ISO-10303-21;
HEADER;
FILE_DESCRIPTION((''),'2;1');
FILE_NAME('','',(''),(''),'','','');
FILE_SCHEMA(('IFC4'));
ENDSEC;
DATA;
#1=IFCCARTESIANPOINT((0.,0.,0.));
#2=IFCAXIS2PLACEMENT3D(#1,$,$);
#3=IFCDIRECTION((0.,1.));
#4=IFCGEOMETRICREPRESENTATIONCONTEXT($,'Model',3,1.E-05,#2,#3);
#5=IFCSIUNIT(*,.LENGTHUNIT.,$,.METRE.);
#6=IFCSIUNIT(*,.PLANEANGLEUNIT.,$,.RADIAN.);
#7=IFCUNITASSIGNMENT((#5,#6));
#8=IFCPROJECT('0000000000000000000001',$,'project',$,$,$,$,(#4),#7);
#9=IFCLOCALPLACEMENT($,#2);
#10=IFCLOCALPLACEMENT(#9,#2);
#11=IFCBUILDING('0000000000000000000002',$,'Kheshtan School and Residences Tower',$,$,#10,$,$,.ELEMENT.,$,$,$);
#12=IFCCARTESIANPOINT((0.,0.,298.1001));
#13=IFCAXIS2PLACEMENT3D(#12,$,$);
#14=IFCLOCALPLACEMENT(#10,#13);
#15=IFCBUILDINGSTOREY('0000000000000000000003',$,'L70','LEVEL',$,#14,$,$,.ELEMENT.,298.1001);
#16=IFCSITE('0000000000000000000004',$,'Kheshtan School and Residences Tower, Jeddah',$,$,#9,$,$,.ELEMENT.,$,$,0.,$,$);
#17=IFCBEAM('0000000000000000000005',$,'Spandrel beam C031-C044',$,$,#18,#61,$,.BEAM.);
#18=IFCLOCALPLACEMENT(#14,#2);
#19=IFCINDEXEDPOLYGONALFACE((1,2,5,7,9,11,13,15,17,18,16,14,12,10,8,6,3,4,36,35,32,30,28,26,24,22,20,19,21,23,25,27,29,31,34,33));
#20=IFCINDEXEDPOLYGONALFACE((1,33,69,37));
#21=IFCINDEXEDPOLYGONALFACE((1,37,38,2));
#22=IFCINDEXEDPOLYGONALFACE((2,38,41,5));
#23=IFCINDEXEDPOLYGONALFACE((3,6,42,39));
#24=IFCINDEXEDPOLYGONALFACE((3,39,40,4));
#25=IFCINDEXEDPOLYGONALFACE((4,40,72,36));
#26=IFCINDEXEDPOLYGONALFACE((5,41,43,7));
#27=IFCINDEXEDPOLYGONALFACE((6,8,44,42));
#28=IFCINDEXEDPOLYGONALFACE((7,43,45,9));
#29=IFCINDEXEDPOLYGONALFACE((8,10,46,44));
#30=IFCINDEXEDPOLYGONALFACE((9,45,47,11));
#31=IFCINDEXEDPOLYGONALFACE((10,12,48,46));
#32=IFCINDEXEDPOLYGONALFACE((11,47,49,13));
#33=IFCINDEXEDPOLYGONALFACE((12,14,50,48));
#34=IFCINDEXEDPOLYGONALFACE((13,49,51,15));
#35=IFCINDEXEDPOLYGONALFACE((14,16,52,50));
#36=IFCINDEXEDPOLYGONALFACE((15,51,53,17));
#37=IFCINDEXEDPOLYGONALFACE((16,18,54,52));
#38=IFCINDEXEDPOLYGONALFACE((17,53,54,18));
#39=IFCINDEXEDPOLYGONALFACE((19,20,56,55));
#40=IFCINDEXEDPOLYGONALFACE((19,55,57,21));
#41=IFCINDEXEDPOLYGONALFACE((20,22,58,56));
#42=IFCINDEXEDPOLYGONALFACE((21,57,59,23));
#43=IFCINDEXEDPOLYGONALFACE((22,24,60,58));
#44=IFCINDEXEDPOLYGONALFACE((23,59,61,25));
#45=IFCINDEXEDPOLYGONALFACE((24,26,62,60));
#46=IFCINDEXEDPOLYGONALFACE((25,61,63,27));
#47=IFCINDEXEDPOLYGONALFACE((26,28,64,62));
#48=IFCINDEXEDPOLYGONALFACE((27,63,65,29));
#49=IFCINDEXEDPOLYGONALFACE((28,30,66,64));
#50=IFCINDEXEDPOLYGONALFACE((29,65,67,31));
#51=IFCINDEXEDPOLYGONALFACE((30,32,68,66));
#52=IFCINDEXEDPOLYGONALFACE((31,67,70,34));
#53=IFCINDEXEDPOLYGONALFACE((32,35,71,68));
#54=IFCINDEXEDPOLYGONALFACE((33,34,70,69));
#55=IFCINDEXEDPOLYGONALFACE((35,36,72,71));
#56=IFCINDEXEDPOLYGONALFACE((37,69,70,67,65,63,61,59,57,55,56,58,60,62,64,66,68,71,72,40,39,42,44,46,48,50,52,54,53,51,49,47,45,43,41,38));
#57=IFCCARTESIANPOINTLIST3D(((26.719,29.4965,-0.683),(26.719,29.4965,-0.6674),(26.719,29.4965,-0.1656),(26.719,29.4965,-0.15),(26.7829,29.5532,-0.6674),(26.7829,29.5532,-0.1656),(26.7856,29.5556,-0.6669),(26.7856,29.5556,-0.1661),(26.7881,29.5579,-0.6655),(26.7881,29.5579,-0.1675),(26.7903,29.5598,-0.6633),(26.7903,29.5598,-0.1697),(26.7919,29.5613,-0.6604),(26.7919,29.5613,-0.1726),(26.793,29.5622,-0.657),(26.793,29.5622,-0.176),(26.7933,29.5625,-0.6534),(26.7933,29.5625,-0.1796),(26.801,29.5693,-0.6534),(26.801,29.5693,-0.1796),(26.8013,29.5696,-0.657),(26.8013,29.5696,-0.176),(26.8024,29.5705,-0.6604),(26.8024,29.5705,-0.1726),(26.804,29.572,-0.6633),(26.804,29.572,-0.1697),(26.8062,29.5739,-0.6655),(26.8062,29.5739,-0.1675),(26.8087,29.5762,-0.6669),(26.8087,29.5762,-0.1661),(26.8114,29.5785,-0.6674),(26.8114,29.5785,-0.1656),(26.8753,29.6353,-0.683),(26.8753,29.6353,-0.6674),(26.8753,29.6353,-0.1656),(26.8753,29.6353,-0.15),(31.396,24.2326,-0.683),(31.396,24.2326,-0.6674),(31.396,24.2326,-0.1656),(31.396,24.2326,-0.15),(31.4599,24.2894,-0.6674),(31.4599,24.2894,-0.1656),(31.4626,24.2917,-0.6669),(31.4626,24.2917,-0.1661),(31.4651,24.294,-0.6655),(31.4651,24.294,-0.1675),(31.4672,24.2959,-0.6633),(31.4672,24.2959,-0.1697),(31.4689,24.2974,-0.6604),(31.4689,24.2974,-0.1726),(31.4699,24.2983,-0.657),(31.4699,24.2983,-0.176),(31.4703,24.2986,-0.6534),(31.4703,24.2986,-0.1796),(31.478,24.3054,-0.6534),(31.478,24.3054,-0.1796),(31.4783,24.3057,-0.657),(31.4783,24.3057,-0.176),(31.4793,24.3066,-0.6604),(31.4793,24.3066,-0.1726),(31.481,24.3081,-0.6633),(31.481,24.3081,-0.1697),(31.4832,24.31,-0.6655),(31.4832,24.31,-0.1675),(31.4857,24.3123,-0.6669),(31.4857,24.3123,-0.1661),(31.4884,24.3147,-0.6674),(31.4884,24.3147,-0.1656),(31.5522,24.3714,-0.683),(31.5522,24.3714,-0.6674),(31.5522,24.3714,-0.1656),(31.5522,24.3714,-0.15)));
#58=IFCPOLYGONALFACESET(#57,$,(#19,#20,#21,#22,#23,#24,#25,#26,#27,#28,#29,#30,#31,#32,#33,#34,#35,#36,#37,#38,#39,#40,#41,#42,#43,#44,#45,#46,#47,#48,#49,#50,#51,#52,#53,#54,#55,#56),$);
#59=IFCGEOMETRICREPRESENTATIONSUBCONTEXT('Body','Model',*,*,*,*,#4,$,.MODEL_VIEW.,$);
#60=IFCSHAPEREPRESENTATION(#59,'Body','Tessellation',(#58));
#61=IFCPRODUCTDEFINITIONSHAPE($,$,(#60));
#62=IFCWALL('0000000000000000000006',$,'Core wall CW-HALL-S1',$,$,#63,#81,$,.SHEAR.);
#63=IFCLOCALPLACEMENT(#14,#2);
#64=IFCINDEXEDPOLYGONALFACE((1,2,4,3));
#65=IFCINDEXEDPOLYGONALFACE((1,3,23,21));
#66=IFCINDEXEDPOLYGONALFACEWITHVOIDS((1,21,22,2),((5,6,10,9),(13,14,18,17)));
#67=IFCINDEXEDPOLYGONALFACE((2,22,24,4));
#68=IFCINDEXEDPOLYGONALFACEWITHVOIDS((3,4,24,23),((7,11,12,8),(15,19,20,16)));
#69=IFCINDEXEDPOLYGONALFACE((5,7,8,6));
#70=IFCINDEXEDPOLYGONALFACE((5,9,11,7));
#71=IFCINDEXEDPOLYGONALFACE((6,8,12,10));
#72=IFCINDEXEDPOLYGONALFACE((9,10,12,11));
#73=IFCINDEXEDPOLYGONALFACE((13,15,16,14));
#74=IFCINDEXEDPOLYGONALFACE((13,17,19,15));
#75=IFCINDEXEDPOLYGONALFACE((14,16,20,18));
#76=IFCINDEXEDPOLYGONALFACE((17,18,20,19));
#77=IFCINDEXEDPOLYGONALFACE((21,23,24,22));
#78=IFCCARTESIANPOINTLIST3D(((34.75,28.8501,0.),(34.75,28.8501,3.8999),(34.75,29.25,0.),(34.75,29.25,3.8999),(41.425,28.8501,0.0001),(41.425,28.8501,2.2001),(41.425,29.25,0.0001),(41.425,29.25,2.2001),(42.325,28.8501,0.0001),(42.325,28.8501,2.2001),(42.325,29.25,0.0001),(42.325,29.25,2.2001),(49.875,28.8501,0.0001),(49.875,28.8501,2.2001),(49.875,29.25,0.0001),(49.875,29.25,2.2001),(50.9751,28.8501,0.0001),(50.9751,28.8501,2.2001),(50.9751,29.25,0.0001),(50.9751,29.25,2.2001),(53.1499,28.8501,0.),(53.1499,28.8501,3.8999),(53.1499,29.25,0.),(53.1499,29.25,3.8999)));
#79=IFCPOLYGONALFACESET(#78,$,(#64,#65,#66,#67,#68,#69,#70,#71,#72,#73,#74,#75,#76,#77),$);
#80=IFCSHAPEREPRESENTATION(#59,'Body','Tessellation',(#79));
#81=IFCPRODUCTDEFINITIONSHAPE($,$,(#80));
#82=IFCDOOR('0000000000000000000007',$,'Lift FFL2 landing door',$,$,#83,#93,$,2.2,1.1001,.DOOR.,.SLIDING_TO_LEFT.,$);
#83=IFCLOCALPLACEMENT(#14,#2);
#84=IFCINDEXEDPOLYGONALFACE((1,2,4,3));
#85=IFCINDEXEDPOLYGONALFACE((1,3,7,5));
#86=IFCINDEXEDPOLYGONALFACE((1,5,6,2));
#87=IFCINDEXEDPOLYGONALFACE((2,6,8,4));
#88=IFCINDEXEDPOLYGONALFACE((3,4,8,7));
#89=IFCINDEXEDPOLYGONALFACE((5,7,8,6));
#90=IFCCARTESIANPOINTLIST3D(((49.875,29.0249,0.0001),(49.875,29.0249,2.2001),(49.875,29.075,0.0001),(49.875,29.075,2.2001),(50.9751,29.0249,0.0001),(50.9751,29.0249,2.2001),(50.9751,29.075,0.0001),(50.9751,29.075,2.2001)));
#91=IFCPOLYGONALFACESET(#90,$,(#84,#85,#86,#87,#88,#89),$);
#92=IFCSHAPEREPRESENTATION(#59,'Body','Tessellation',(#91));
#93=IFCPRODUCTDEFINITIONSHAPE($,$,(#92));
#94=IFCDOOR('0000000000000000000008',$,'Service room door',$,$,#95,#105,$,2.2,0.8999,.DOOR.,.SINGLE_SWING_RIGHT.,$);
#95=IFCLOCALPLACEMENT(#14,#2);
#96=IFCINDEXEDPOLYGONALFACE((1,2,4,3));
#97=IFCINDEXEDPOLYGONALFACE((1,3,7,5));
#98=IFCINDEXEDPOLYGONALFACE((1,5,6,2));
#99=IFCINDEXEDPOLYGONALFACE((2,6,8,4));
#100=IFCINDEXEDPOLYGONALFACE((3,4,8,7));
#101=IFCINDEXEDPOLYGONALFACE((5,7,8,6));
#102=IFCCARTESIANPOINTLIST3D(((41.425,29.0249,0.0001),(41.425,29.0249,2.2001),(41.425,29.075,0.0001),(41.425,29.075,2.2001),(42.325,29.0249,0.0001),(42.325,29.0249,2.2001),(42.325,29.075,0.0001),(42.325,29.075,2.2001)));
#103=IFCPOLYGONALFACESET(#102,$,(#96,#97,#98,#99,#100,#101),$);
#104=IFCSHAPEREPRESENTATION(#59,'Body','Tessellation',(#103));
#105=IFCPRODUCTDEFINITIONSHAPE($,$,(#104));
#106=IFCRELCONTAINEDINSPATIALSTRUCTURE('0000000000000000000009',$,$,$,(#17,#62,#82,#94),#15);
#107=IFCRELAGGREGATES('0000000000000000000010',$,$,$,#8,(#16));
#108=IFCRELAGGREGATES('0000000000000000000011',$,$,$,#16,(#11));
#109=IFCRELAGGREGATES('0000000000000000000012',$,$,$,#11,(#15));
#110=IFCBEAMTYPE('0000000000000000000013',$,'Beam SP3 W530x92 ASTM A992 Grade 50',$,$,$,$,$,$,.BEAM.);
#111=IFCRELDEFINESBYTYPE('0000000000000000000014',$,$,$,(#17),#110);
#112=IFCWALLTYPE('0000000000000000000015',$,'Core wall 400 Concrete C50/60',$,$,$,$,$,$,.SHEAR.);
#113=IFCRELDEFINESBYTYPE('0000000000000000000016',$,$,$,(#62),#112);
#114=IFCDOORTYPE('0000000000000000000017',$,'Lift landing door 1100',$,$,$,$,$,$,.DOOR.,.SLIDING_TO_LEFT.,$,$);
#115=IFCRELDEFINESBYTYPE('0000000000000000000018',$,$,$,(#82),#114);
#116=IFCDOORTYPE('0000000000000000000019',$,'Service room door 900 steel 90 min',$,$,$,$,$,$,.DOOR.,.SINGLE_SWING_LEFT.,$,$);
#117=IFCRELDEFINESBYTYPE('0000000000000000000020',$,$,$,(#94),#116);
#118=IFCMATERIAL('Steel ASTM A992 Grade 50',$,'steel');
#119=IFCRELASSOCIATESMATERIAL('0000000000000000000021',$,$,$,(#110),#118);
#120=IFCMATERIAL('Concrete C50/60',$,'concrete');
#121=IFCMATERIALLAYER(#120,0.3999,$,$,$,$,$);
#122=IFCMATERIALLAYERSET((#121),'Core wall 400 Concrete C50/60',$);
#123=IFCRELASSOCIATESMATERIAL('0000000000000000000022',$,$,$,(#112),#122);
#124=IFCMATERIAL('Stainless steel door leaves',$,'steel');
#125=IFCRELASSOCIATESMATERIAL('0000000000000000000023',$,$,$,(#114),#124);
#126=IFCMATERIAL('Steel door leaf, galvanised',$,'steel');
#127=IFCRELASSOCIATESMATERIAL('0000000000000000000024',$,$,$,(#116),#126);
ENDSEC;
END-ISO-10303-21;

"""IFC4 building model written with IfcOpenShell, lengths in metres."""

from ifc_helpers import new_model, si_unit, direction, frame, frame_2d, origin, origin_2d, place, context, subcontext, project, spatial, rectangle, i_section, extrude, source, transform, mapped, material, layer, layer_set, material_profile, profile_set, type_object, element, fill, save


model = new_model("IFC4")

# Units and contexts
model_context = context("Model", 3, precision=1e-05, world=origin(), true_north=direction((0.0, 1.0)))
body_context = subcontext(model_context, "Body", "Model", "MODEL_VIEW")
ifc_project = project(units=[si_unit("LENGTHUNIT", "METRE"), si_unit("PLANEANGLEUNIT", "RADIAN")], contexts=[model_context])

# Site, building, storey
site_placement = place(None, origin())
site = spatial("IfcSite", under=ifc_project, at=site_placement, Name="Kheshtan School and Residences Tower, Jeddah", CompositionType="ELEMENT", RefElevation=0.0)
building_placement = place(site_placement, origin())
building = spatial("IfcBuilding", under=site, at=building_placement, Name="Kheshtan School and Residences Tower", CompositionType="ELEMENT")
storey_placement = place(building_placement, frame((0.0, 0.0, 298.1001)))
storey = spatial("IfcBuildingStorey", under=building, at=storey_placement, Name="L70", Description="LEVEL", CompositionType="ELEMENT", Elevation=298.1001)

# Shared definitions
ifc_material_1 = material(Name="Steel ASTM A992 Grade 50", Category="steel")

# Beam
ifc_material_profile_1 = material_profile(ifc_material_1, i_section(OverallWidth=0.209, OverallDepth=0.533, WebThickness=0.0103, FlangeThickness=0.0156, FilletRadius=0.0139, at=origin_2d()), Name="W530x92")
ifc_profile_set_1 = profile_set([ifc_material_profile_1], Name="Steel ASTM A992 Grade 50")
beam_type_1 = type_object("IfcBeamType", Name="Beam SP3 W530x92 ASTM A992 Grade 50", PredefinedType="BEAM", material=ifc_profile_set_1)
beam_1_placement = place(storey_placement, frame((31.4741, 24.302, -0.4165), z_axis=(-0.664202, 0.747553, 0.0), x_axis=(-0.747553, -0.664202, 0.0)))
element("IfcBeam", 1, at=beam_1_placement, inside=storey, type_object=beam_type_1, Name="Spandrel beam C031-C044", PredefinedType="BEAM", context=body_context, shape_type="SweptSolid", body=[
    extrude(i_section(OverallWidth=0.209, OverallDepth=0.533, WebThickness=0.0103, FlangeThickness=0.0156, FilletRadius=0.0139, at=origin_2d()), origin(), (0.0, 0.0, 1.0), 7.0415),
])

# Wall, openings, doors
ifc_material_2 = material(Name="Concrete C50/60", Category="concrete")
ifc_layer_1 = layer(ifc_material_2, 0.3999)
ifc_layer_set_1 = layer_set([ifc_layer_1], Name="Core wall 400 Concrete C50/60")
wall_type_1 = type_object("IfcWallType", Name="Core wall 400 Concrete C50/60", PredefinedType="SHEAR", material=ifc_layer_set_1)
wall_1_placement = place(storey_placement, frame((34.75, 29.05, 0.0), z_axis=(0.0, 0.0, 1.0), x_axis=(1.0, 0.0, 0.0)))
wall_1 = element("IfcWall", 2, at=wall_1_placement, inside=storey, type_object=wall_type_1, Name="Core wall CW-HALL-S1", PredefinedType="SHEAR", context=body_context, shape_type="SweptSolid", body=[
    extrude(rectangle(XDim=18.3999, YDim=0.3999, at=frame_2d((9.2, 0.0))), origin(), (0.0, 0.0, 1.0), 3.8999),
])
opening_1_placement = place(wall_1_placement, frame((15.125, 0.0, 0.0)))
opening_1 = element("IfcOpeningElement", 3, at=opening_1_placement, cuts=wall_1, PredefinedType="OPENING", context=body_context, shape_type="SweptSolid", body=[
    extrude(rectangle(XDim=1.1001, YDim=2.2, at=frame_2d((0.55, 1.1001))), frame((0.0, 0.21, 0.0), z_axis=(0.0, -1.0, 0.0), x_axis=(1.0, 0.0, 0.0)), (0.0, 0.0, 1.0), 0.4199),
])
opening_2_placement = place(wall_1_placement, frame((6.675, 0.0, 0.0)))
opening_2 = element("IfcOpeningElement", 4, at=opening_2_placement, cuts=wall_1, PredefinedType="OPENING", context=body_context, shape_type="SweptSolid", body=[
    extrude(rectangle(XDim=0.8999, YDim=2.2, at=frame_2d((0.45, 1.1001))), frame((0.0, 0.21, 0.0), z_axis=(0.0, -1.0, 0.0), x_axis=(1.0, 0.0, 0.0)), (0.0, 0.0, 1.0), 0.4199),
])
ifc_material_3 = material(Name="Stainless steel door leaves", Category="steel")
door_type_1 = type_object("IfcDoorType", Name="Lift landing door 1100", OperationType="SLIDING_TO_LEFT", PredefinedType="DOOR", material=ifc_material_3)
shared_shape_1 = source(origin(), body_context, "Body", "SweptSolid", [
    extrude(rectangle(XDim=1.1001, YDim=2.2, at=frame_2d((0.55, 1.1001))), frame((0.0, 0.0249, 0.0), z_axis=(0.0, -1.0, 0.0), x_axis=(1.0, 0.0, 0.0)), (0.0, 0.0, 1.0), 0.05),
])
door_1_placement = place(opening_1_placement, origin())
door_1 = element("IfcDoor", 5, at=door_1_placement, inside=storey, type_object=door_type_1, Name="Lift FFL2 landing door", OperationType="SLIDING_TO_LEFT", OverallHeight=2.2, OverallWidth=1.1001, PredefinedType="DOOR", context=body_context, shape_type="MappedRepresentation", body=[
    mapped(shared_shape_1, transform((0.0, 0.0, 0.0), x_axis=(1.0, 0.0, 0.0), y_axis=(0.0, 1.0, 0.0), z_axis=(0.0, 0.0, 1.0), scale=1.0)),
])
fill(opening_1, door_1)
ifc_material_4 = material(Name="Steel door leaf, galvanised", Category="steel")
door_type_2 = type_object("IfcDoorType", Name="Service room door 900 steel 90 min", OperationType="SINGLE_SWING_LEFT", PredefinedType="DOOR", material=ifc_material_4)
shared_shape_2 = source(origin(), body_context, "Body", "SweptSolid", [
    extrude(rectangle(XDim=0.8999, YDim=2.2, at=frame_2d((0.45, 1.1001))), frame((0.0, 0.0249, 0.0), z_axis=(0.0, -1.0, 0.0), x_axis=(1.0, 0.0, 0.0)), (0.0, 0.0, 1.0), 0.05),
])
door_2_placement = place(opening_2_placement, origin())
door_2 = element("IfcDoor", 6, at=door_2_placement, inside=storey, type_object=door_type_2, Name="Service room door", OperationType="SINGLE_SWING_RIGHT", OverallHeight=2.2, OverallWidth=0.8999, PredefinedType="DOOR", context=body_context, shape_type="MappedRepresentation", body=[
    mapped(shared_shape_2, transform((0.0, 0.0, 0.0), x_axis=(1.0, 0.0, 0.0), y_axis=(0.0, 1.0, 0.0), z_axis=(0.0, 0.0, 1.0), scale=1.0)),
])
fill(opening_2, door_2)

save(model, "model.ifc")
